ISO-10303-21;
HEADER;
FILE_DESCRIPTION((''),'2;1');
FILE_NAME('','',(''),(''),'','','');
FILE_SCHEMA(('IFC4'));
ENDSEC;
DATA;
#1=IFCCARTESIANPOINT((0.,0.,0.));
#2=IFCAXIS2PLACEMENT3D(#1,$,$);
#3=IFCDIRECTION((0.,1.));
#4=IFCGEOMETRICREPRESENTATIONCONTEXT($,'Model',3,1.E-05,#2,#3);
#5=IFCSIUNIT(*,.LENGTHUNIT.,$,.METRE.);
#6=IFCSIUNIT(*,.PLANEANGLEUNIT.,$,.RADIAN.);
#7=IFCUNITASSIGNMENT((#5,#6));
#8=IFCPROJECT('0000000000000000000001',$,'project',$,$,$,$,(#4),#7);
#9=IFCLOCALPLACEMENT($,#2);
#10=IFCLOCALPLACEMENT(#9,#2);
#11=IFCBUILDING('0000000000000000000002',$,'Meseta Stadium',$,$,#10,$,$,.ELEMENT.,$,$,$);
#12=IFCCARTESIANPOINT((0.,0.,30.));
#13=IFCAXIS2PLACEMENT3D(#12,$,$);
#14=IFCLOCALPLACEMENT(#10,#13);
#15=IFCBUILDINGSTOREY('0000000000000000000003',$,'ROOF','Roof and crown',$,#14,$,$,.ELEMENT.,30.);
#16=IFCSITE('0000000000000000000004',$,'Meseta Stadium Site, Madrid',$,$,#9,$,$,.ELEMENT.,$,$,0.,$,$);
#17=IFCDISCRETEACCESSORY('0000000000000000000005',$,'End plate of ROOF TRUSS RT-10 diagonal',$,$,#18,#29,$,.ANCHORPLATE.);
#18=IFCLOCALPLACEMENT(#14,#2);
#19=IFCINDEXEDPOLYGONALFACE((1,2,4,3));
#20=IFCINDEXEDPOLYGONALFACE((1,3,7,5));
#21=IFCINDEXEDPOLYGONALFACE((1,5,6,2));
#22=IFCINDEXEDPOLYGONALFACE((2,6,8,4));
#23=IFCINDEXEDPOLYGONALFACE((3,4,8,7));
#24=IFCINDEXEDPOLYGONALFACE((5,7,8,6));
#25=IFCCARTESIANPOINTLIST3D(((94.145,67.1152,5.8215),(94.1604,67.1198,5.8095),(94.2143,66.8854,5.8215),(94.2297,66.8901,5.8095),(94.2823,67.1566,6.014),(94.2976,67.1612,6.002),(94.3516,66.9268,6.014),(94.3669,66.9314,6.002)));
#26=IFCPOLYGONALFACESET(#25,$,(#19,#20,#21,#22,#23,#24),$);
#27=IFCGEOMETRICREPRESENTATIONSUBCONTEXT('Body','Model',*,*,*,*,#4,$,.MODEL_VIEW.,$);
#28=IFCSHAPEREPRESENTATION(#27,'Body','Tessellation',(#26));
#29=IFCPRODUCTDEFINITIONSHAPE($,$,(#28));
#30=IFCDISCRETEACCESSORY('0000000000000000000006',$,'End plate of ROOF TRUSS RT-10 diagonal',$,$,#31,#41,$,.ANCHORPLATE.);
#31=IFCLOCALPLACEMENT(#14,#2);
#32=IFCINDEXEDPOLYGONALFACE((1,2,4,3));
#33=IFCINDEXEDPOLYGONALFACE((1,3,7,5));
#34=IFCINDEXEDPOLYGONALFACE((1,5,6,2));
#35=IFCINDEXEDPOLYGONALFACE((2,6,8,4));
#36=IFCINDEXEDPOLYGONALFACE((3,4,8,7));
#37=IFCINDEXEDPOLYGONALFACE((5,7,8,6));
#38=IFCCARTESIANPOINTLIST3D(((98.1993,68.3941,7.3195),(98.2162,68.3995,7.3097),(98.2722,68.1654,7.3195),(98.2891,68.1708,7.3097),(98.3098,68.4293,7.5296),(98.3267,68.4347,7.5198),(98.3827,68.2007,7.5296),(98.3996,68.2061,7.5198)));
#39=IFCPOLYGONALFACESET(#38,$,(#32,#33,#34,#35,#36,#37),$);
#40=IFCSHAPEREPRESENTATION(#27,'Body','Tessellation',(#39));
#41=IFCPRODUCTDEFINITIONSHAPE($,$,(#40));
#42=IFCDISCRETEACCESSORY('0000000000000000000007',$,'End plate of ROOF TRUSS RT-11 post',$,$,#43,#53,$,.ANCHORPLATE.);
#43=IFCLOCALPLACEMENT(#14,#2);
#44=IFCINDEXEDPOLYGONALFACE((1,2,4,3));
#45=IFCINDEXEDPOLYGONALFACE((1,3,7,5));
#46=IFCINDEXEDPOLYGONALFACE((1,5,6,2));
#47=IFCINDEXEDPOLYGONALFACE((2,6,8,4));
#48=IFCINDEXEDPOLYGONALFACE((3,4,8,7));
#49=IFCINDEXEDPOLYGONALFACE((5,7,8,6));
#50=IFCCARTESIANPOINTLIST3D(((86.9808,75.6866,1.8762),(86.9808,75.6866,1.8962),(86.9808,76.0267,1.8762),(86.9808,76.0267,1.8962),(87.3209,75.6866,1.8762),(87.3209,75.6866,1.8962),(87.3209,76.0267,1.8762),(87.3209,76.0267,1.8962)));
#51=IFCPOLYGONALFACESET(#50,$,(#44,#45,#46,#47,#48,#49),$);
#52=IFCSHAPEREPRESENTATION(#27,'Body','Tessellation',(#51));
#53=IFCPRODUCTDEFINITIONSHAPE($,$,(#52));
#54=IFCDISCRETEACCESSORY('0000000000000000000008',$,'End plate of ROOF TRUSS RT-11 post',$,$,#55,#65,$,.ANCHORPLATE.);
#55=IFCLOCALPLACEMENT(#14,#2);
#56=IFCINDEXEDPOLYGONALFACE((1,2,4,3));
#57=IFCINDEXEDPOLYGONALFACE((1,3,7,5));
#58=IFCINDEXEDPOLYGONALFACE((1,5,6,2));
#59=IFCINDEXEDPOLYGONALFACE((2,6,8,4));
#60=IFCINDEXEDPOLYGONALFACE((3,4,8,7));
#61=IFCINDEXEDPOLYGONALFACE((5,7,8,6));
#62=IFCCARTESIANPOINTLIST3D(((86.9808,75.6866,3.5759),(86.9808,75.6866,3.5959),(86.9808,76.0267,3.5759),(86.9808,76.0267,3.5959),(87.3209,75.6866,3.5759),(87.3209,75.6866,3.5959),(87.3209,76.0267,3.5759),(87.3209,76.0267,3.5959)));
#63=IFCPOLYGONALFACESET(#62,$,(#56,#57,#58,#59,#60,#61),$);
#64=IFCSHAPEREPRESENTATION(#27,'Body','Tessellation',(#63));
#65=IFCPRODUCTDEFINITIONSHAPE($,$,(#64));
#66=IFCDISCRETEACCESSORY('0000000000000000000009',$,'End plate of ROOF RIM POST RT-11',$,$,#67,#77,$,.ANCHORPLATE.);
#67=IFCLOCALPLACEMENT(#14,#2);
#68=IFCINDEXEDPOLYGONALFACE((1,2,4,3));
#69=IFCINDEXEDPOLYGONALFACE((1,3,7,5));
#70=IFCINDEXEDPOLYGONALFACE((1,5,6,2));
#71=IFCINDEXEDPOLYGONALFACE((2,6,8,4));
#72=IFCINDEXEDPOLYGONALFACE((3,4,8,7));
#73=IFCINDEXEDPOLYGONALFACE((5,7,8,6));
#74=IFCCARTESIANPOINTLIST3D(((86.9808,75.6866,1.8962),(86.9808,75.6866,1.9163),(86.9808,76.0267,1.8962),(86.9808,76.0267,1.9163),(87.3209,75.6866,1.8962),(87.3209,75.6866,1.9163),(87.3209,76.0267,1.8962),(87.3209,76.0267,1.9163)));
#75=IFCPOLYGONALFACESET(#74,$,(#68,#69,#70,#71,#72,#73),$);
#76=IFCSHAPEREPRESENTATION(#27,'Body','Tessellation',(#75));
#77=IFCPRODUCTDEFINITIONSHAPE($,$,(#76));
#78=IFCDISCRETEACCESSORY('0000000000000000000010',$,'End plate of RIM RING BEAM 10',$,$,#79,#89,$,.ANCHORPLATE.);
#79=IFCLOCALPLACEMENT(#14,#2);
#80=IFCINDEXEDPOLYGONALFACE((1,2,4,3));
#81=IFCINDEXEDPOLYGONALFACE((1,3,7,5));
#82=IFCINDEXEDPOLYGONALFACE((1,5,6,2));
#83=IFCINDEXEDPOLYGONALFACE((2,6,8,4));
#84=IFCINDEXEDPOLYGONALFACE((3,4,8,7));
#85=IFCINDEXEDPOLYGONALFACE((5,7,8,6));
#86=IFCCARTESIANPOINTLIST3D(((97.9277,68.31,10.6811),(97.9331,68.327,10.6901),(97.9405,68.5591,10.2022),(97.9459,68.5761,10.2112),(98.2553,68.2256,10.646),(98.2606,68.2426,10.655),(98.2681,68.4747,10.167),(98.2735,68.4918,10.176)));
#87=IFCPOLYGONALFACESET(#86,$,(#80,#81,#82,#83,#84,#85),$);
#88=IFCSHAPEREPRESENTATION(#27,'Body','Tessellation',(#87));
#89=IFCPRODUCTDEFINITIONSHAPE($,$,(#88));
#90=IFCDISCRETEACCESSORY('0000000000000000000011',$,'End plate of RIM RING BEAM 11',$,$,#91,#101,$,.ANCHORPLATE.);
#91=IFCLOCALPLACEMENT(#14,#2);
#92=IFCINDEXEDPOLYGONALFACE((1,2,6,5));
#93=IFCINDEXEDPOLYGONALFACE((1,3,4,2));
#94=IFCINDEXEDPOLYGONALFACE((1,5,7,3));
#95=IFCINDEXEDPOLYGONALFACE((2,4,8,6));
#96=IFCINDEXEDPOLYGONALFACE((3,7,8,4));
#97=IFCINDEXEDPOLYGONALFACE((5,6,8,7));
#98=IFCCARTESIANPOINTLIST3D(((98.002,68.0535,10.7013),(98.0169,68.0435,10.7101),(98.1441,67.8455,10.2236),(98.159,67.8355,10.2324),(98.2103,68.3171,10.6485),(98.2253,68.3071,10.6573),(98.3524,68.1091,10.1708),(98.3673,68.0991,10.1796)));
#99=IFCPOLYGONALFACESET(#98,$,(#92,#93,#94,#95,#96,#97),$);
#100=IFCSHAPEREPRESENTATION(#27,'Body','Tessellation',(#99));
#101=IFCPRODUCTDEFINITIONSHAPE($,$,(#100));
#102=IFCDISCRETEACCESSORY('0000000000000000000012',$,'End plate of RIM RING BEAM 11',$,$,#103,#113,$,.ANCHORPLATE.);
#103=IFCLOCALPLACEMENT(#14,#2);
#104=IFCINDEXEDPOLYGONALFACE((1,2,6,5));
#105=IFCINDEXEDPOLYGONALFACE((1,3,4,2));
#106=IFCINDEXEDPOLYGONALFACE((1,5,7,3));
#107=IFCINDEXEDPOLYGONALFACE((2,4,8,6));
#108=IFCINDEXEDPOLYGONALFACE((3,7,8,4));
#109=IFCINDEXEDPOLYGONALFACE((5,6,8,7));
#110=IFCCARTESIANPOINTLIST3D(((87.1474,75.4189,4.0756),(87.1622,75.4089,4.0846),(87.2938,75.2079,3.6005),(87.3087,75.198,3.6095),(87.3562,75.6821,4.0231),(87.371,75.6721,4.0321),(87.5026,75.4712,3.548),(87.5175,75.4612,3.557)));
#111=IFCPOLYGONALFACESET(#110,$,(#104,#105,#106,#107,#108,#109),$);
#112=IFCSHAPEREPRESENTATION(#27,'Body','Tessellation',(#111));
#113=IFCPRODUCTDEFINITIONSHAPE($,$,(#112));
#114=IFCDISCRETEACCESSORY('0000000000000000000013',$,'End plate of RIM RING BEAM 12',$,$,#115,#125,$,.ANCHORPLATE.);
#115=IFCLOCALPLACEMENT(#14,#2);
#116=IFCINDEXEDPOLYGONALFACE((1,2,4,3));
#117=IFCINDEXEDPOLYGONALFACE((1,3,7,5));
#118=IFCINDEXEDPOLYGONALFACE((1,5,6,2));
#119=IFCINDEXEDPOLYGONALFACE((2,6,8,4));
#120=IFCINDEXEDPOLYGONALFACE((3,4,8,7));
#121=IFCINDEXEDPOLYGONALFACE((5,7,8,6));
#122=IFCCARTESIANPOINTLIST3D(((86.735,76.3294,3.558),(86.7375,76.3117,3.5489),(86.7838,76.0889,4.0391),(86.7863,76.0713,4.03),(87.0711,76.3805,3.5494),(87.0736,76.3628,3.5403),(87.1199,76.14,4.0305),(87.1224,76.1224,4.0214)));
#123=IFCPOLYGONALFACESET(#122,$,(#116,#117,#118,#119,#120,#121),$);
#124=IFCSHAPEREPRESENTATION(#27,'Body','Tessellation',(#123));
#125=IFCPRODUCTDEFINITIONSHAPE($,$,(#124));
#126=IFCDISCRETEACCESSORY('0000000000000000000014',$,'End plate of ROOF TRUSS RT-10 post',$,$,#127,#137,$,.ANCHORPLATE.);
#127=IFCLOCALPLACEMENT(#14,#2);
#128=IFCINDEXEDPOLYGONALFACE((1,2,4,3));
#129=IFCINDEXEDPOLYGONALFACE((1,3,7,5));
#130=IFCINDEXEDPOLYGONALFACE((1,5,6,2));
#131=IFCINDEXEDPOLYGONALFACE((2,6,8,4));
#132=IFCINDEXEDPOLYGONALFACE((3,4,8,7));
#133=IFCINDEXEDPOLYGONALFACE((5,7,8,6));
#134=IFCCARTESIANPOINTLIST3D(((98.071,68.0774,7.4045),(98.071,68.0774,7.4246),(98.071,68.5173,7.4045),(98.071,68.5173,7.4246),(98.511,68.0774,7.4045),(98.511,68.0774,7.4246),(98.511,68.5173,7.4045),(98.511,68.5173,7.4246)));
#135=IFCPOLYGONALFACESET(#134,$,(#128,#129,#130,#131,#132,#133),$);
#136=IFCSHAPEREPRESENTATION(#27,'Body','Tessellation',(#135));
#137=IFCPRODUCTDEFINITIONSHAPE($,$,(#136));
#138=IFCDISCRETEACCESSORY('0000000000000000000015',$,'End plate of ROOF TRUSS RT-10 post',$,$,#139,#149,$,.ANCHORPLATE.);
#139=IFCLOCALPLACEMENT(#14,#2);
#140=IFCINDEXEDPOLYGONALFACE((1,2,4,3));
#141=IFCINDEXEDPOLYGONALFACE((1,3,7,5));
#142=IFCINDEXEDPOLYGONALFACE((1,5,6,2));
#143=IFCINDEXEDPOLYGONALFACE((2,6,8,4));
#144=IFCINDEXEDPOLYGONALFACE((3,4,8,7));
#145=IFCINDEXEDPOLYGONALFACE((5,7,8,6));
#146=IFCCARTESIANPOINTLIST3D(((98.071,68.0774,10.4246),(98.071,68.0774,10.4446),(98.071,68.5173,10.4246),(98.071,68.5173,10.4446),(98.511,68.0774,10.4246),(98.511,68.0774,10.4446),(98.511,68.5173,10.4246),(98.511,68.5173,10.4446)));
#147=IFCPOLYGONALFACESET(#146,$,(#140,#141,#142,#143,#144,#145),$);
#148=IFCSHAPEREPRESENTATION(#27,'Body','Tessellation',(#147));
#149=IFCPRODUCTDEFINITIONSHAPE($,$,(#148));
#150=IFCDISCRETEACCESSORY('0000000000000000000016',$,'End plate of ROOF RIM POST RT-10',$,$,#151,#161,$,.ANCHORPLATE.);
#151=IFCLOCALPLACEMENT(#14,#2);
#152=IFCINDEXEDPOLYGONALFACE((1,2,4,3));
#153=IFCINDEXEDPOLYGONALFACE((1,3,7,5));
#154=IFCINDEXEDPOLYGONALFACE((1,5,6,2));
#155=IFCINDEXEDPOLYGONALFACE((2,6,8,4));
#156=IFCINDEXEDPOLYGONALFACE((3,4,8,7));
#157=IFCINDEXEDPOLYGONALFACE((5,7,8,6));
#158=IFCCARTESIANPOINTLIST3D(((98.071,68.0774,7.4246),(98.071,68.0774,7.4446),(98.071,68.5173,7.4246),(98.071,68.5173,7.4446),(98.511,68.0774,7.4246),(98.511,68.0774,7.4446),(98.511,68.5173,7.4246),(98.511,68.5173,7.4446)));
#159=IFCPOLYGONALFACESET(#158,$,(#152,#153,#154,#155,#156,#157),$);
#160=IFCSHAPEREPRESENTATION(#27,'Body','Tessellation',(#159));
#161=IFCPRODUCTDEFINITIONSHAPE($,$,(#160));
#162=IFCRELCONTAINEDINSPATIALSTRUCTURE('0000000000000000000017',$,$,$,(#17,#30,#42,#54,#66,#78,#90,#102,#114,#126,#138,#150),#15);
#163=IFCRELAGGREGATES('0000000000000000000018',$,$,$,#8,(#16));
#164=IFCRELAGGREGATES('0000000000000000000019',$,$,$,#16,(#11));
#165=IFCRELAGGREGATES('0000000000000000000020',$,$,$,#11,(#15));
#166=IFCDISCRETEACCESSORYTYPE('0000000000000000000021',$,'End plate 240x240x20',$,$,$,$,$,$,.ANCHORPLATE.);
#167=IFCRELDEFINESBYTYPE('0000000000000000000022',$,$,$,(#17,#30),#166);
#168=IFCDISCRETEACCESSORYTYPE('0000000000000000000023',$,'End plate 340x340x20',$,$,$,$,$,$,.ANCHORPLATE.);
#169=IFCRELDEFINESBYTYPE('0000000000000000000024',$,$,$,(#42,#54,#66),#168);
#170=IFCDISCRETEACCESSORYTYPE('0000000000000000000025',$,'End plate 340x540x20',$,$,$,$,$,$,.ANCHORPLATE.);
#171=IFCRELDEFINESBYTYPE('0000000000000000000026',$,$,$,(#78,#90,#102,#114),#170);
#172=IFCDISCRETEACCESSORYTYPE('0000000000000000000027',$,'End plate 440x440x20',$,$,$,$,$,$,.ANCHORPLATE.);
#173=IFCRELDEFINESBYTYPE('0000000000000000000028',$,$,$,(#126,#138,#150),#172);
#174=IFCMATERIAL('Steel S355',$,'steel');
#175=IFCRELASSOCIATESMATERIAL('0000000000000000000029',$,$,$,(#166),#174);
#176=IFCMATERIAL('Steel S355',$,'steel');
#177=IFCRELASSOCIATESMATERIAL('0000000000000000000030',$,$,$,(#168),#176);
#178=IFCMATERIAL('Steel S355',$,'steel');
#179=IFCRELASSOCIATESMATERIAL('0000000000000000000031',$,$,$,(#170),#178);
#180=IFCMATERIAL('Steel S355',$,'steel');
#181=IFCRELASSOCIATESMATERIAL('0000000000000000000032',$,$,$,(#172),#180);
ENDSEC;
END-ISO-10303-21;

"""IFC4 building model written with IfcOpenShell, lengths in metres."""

from ifc_helpers import new_model, si_unit, direction, frame, origin, origin_2d, place, context, subcontext, project, spatial, rectangle, extrude, material, material_profile, profile_set, type_object, element, save


model = new_model("IFC4")

# Units and contexts
model_context = context("Model", 3, precision=1e-05, world=origin(), true_north=direction((0.0, 1.0)))
body_context = subcontext(model_context, "Body", "Model", "MODEL_VIEW")
ifc_project = project(units=[si_unit("LENGTHUNIT", "METRE"), si_unit("PLANEANGLEUNIT", "RADIAN")], contexts=[model_context])

# Site, building, storey
site_placement = place(None, origin())
site = spatial("IfcSite", under=ifc_project, at=site_placement, Name="Meseta Stadium Site, Madrid", CompositionType="ELEMENT", RefElevation=0.0)
building_placement = place(site_placement, origin())
building = spatial("IfcBuilding", under=site, at=building_placement, Name="Meseta Stadium", CompositionType="ELEMENT")
storey_placement = place(building_placement, frame((0.0, 0.0, 30.0)))
storey = spatial("IfcBuildingStorey", under=building, at=storey_placement, Name="ROOF", Description="Roof and crown", CompositionType="ELEMENT", Elevation=30.0)

# Discrete accessories
ifc_material_1 = material(Name="Steel S355", Category="steel")
ifc_material_profile_1 = material_profile(ifc_material_1, rectangle(XDim=0.24, YDim=0.24, at=origin_2d()), Name="PL 240x240")
ifc_profile_set_1 = profile_set([ifc_material_profile_1], Name="Steel S355")
discrete_accessory_type_1 = type_object("IfcDiscreteAccessoryType", Name="End plate 240x240x20", PredefinedType="ANCHORPLATE", material=ifc_profile_set_1)
discrete_accessory_1_placement = place(storey_placement, frame((94.2483, 67.021, 5.9177), z_axis=(0.767893, 0.231587, -0.59725), x_axis=(-0.288742, 0.957407, 0.0)))
element("IfcDiscreteAccessory", 1, at=discrete_accessory_1_placement, inside=storey, type_object=discrete_accessory_type_1, Name="End plate of ROOF TRUSS RT-10 diagonal", PredefinedType="ANCHORPLATE", context=body_context, shape_type="SweptSolid", body=[
    extrude(rectangle(XDim=0.24, YDim=0.24, at=origin_2d()), origin(), (0.0, 0.0, 1.0), 0.02),
])
discrete_accessory_2_placement = place(storey_placement, frame((98.291, 68.2974, 7.4246), z_axis=(0.833993, 0.265911, -0.483474), x_axis=(-0.303774, 0.952744, 0.0)))
element("IfcDiscreteAccessory", 2, at=discrete_accessory_2_placement, inside=storey, type_object=discrete_accessory_type_1, Name="End plate of ROOF TRUSS RT-10 diagonal", PredefinedType="ANCHORPLATE", context=body_context, shape_type="SweptSolid", body=[
    extrude(rectangle(XDim=0.24, YDim=0.24, at=origin_2d()), origin(), (0.0, 0.0, 1.0), 0.0203),
])
ifc_material_2 = material(Name="Steel S355", Category="steel")
ifc_material_profile_2 = material_profile(ifc_material_2, rectangle(XDim=0.3401, YDim=0.3401, at=origin_2d()), Name="PL 340x340")
ifc_profile_set_2 = profile_set([ifc_material_profile_2], Name="Steel S355")
discrete_accessory_type_2 = type_object("IfcDiscreteAccessoryType", Name="End plate 340x340x20", PredefinedType="ANCHORPLATE", material=ifc_profile_set_2)
for number, where, z_axis, x_axis, name in (
    (3, (87.1509, 75.8567, 1.8762), (0.0, 0.0, 1.0), (1.0, 0.0, 0.0), "End plate of ROOF TRUSS RT-11 post"),
    (4, (87.1509, 75.8567, 3.5759), (0.0, 0.0, 1.0), (1.0, 0.0, 0.0), "End plate of ROOF TRUSS RT-11 post"),
    (5, (87.1509, 75.8567, 1.8962), (0.0, 0.0, 1.0), (1.0, 0.0, 0.0), "End plate of ROOF RIM POST RT-11"),
):
    element("IfcDiscreteAccessory", number, at=place(storey_placement, frame(where, z_axis=z_axis, x_axis=x_axis)), inside=storey, type_object=discrete_accessory_type_2, Name=name, PredefinedType="ANCHORPLATE", context=body_context, shape_type="SweptSolid", body=[
        extrude(rectangle(XDim=0.3401, YDim=0.3401, at=origin_2d()), origin(), (0.0, 0.0, 1.0), 0.02),
    ])
ifc_material_3 = material(Name="Steel S355", Category="steel")
ifc_material_profile_3 = material_profile(ifc_material_3, rectangle(XDim=0.3401, YDim=0.54, at=origin_2d()), Name="PL 340x540")
ifc_profile_set_3 = profile_set([ifc_material_profile_3], Name="Steel S355")
discrete_accessory_type_3 = type_object("IfcDiscreteAccessoryType", Name="End plate 340x540x20", PredefinedType="ANCHORPLATE", material=ifc_profile_set_3)
for number, where, z_axis, x_axis, name in (
    (6, (98.0979, 68.3923, 10.4241), (0.267716, 0.851824, 0.45025), (-0.963205, 0.248134, 0.103273), "End plate of RIM RING BEAM 10"),
    (7, (98.1921, 68.0713, 10.4448), (-0.745345, 0.500969, -0.439876), (-0.612557, -0.775024, 0.155278), "End plate of RIM RING BEAM 11"),
    (8, (87.3398, 75.4351, 3.8208), (-0.741316, 0.498262, -0.449651), (-0.61396, -0.774081, 0.154438), "End plate of RIM RING BEAM 11"),
    (9, (86.9299, 76.217, 3.7852), (-0.1226, 0.882722, 0.453621), (-0.98833, -0.150226, 0.025216), "End plate of RIM RING BEAM 12"),
):
    element("IfcDiscreteAccessory", number, at=place(storey_placement, frame(where, z_axis=z_axis, x_axis=x_axis)), inside=storey, type_object=discrete_accessory_type_3, Name=name, PredefinedType="ANCHORPLATE", context=body_context, shape_type="SweptSolid", body=[
        extrude(rectangle(XDim=0.3401, YDim=0.54, at=origin_2d()), origin(), (0.0, 0.0, 1.0), 0.02),
    ])
ifc_material_4 = material(Name="Steel S355", Category="steel")
ifc_material_profile_4 = material_profile(ifc_material_4, rectangle(XDim=0.4399, YDim=0.4399, at=origin_2d()), Name="PL 440x440")
ifc_profile_set_4 = profile_set([ifc_material_profile_4], Name="Steel S355")
discrete_accessory_type_4 = type_object("IfcDiscreteAccessoryType", Name="End plate 440x440x20", PredefinedType="ANCHORPLATE", material=ifc_profile_set_4)
for number, where, z_axis, x_axis, name in (
    (10, (98.291, 68.2974, 7.4045), (0.0, 0.0, 1.0), (1.0, 0.0, 0.0), "End plate of ROOF TRUSS RT-10 post"),
    (11, (98.291, 68.2974, 10.4246), (0.0, 0.0, 1.0), (1.0, 0.0, 0.0), "End plate of ROOF TRUSS RT-10 post"),
    (12, (98.291, 68.2974, 7.4246), (0.0, 0.0, 1.0), (1.0, 0.0, 0.0), "End plate of ROOF RIM POST RT-10"),
):
    element("IfcDiscreteAccessory", number, at=place(storey_placement, frame(where, z_axis=z_axis, x_axis=x_axis)), inside=storey, type_object=discrete_accessory_type_4, Name=name, PredefinedType="ANCHORPLATE", context=body_context, shape_type="SweptSolid", body=[
        extrude(rectangle(XDim=0.4399, YDim=0.4399, at=origin_2d()), origin(), (0.0, 0.0, 1.0), 0.02),
    ])

save(model, "model.ifc")
